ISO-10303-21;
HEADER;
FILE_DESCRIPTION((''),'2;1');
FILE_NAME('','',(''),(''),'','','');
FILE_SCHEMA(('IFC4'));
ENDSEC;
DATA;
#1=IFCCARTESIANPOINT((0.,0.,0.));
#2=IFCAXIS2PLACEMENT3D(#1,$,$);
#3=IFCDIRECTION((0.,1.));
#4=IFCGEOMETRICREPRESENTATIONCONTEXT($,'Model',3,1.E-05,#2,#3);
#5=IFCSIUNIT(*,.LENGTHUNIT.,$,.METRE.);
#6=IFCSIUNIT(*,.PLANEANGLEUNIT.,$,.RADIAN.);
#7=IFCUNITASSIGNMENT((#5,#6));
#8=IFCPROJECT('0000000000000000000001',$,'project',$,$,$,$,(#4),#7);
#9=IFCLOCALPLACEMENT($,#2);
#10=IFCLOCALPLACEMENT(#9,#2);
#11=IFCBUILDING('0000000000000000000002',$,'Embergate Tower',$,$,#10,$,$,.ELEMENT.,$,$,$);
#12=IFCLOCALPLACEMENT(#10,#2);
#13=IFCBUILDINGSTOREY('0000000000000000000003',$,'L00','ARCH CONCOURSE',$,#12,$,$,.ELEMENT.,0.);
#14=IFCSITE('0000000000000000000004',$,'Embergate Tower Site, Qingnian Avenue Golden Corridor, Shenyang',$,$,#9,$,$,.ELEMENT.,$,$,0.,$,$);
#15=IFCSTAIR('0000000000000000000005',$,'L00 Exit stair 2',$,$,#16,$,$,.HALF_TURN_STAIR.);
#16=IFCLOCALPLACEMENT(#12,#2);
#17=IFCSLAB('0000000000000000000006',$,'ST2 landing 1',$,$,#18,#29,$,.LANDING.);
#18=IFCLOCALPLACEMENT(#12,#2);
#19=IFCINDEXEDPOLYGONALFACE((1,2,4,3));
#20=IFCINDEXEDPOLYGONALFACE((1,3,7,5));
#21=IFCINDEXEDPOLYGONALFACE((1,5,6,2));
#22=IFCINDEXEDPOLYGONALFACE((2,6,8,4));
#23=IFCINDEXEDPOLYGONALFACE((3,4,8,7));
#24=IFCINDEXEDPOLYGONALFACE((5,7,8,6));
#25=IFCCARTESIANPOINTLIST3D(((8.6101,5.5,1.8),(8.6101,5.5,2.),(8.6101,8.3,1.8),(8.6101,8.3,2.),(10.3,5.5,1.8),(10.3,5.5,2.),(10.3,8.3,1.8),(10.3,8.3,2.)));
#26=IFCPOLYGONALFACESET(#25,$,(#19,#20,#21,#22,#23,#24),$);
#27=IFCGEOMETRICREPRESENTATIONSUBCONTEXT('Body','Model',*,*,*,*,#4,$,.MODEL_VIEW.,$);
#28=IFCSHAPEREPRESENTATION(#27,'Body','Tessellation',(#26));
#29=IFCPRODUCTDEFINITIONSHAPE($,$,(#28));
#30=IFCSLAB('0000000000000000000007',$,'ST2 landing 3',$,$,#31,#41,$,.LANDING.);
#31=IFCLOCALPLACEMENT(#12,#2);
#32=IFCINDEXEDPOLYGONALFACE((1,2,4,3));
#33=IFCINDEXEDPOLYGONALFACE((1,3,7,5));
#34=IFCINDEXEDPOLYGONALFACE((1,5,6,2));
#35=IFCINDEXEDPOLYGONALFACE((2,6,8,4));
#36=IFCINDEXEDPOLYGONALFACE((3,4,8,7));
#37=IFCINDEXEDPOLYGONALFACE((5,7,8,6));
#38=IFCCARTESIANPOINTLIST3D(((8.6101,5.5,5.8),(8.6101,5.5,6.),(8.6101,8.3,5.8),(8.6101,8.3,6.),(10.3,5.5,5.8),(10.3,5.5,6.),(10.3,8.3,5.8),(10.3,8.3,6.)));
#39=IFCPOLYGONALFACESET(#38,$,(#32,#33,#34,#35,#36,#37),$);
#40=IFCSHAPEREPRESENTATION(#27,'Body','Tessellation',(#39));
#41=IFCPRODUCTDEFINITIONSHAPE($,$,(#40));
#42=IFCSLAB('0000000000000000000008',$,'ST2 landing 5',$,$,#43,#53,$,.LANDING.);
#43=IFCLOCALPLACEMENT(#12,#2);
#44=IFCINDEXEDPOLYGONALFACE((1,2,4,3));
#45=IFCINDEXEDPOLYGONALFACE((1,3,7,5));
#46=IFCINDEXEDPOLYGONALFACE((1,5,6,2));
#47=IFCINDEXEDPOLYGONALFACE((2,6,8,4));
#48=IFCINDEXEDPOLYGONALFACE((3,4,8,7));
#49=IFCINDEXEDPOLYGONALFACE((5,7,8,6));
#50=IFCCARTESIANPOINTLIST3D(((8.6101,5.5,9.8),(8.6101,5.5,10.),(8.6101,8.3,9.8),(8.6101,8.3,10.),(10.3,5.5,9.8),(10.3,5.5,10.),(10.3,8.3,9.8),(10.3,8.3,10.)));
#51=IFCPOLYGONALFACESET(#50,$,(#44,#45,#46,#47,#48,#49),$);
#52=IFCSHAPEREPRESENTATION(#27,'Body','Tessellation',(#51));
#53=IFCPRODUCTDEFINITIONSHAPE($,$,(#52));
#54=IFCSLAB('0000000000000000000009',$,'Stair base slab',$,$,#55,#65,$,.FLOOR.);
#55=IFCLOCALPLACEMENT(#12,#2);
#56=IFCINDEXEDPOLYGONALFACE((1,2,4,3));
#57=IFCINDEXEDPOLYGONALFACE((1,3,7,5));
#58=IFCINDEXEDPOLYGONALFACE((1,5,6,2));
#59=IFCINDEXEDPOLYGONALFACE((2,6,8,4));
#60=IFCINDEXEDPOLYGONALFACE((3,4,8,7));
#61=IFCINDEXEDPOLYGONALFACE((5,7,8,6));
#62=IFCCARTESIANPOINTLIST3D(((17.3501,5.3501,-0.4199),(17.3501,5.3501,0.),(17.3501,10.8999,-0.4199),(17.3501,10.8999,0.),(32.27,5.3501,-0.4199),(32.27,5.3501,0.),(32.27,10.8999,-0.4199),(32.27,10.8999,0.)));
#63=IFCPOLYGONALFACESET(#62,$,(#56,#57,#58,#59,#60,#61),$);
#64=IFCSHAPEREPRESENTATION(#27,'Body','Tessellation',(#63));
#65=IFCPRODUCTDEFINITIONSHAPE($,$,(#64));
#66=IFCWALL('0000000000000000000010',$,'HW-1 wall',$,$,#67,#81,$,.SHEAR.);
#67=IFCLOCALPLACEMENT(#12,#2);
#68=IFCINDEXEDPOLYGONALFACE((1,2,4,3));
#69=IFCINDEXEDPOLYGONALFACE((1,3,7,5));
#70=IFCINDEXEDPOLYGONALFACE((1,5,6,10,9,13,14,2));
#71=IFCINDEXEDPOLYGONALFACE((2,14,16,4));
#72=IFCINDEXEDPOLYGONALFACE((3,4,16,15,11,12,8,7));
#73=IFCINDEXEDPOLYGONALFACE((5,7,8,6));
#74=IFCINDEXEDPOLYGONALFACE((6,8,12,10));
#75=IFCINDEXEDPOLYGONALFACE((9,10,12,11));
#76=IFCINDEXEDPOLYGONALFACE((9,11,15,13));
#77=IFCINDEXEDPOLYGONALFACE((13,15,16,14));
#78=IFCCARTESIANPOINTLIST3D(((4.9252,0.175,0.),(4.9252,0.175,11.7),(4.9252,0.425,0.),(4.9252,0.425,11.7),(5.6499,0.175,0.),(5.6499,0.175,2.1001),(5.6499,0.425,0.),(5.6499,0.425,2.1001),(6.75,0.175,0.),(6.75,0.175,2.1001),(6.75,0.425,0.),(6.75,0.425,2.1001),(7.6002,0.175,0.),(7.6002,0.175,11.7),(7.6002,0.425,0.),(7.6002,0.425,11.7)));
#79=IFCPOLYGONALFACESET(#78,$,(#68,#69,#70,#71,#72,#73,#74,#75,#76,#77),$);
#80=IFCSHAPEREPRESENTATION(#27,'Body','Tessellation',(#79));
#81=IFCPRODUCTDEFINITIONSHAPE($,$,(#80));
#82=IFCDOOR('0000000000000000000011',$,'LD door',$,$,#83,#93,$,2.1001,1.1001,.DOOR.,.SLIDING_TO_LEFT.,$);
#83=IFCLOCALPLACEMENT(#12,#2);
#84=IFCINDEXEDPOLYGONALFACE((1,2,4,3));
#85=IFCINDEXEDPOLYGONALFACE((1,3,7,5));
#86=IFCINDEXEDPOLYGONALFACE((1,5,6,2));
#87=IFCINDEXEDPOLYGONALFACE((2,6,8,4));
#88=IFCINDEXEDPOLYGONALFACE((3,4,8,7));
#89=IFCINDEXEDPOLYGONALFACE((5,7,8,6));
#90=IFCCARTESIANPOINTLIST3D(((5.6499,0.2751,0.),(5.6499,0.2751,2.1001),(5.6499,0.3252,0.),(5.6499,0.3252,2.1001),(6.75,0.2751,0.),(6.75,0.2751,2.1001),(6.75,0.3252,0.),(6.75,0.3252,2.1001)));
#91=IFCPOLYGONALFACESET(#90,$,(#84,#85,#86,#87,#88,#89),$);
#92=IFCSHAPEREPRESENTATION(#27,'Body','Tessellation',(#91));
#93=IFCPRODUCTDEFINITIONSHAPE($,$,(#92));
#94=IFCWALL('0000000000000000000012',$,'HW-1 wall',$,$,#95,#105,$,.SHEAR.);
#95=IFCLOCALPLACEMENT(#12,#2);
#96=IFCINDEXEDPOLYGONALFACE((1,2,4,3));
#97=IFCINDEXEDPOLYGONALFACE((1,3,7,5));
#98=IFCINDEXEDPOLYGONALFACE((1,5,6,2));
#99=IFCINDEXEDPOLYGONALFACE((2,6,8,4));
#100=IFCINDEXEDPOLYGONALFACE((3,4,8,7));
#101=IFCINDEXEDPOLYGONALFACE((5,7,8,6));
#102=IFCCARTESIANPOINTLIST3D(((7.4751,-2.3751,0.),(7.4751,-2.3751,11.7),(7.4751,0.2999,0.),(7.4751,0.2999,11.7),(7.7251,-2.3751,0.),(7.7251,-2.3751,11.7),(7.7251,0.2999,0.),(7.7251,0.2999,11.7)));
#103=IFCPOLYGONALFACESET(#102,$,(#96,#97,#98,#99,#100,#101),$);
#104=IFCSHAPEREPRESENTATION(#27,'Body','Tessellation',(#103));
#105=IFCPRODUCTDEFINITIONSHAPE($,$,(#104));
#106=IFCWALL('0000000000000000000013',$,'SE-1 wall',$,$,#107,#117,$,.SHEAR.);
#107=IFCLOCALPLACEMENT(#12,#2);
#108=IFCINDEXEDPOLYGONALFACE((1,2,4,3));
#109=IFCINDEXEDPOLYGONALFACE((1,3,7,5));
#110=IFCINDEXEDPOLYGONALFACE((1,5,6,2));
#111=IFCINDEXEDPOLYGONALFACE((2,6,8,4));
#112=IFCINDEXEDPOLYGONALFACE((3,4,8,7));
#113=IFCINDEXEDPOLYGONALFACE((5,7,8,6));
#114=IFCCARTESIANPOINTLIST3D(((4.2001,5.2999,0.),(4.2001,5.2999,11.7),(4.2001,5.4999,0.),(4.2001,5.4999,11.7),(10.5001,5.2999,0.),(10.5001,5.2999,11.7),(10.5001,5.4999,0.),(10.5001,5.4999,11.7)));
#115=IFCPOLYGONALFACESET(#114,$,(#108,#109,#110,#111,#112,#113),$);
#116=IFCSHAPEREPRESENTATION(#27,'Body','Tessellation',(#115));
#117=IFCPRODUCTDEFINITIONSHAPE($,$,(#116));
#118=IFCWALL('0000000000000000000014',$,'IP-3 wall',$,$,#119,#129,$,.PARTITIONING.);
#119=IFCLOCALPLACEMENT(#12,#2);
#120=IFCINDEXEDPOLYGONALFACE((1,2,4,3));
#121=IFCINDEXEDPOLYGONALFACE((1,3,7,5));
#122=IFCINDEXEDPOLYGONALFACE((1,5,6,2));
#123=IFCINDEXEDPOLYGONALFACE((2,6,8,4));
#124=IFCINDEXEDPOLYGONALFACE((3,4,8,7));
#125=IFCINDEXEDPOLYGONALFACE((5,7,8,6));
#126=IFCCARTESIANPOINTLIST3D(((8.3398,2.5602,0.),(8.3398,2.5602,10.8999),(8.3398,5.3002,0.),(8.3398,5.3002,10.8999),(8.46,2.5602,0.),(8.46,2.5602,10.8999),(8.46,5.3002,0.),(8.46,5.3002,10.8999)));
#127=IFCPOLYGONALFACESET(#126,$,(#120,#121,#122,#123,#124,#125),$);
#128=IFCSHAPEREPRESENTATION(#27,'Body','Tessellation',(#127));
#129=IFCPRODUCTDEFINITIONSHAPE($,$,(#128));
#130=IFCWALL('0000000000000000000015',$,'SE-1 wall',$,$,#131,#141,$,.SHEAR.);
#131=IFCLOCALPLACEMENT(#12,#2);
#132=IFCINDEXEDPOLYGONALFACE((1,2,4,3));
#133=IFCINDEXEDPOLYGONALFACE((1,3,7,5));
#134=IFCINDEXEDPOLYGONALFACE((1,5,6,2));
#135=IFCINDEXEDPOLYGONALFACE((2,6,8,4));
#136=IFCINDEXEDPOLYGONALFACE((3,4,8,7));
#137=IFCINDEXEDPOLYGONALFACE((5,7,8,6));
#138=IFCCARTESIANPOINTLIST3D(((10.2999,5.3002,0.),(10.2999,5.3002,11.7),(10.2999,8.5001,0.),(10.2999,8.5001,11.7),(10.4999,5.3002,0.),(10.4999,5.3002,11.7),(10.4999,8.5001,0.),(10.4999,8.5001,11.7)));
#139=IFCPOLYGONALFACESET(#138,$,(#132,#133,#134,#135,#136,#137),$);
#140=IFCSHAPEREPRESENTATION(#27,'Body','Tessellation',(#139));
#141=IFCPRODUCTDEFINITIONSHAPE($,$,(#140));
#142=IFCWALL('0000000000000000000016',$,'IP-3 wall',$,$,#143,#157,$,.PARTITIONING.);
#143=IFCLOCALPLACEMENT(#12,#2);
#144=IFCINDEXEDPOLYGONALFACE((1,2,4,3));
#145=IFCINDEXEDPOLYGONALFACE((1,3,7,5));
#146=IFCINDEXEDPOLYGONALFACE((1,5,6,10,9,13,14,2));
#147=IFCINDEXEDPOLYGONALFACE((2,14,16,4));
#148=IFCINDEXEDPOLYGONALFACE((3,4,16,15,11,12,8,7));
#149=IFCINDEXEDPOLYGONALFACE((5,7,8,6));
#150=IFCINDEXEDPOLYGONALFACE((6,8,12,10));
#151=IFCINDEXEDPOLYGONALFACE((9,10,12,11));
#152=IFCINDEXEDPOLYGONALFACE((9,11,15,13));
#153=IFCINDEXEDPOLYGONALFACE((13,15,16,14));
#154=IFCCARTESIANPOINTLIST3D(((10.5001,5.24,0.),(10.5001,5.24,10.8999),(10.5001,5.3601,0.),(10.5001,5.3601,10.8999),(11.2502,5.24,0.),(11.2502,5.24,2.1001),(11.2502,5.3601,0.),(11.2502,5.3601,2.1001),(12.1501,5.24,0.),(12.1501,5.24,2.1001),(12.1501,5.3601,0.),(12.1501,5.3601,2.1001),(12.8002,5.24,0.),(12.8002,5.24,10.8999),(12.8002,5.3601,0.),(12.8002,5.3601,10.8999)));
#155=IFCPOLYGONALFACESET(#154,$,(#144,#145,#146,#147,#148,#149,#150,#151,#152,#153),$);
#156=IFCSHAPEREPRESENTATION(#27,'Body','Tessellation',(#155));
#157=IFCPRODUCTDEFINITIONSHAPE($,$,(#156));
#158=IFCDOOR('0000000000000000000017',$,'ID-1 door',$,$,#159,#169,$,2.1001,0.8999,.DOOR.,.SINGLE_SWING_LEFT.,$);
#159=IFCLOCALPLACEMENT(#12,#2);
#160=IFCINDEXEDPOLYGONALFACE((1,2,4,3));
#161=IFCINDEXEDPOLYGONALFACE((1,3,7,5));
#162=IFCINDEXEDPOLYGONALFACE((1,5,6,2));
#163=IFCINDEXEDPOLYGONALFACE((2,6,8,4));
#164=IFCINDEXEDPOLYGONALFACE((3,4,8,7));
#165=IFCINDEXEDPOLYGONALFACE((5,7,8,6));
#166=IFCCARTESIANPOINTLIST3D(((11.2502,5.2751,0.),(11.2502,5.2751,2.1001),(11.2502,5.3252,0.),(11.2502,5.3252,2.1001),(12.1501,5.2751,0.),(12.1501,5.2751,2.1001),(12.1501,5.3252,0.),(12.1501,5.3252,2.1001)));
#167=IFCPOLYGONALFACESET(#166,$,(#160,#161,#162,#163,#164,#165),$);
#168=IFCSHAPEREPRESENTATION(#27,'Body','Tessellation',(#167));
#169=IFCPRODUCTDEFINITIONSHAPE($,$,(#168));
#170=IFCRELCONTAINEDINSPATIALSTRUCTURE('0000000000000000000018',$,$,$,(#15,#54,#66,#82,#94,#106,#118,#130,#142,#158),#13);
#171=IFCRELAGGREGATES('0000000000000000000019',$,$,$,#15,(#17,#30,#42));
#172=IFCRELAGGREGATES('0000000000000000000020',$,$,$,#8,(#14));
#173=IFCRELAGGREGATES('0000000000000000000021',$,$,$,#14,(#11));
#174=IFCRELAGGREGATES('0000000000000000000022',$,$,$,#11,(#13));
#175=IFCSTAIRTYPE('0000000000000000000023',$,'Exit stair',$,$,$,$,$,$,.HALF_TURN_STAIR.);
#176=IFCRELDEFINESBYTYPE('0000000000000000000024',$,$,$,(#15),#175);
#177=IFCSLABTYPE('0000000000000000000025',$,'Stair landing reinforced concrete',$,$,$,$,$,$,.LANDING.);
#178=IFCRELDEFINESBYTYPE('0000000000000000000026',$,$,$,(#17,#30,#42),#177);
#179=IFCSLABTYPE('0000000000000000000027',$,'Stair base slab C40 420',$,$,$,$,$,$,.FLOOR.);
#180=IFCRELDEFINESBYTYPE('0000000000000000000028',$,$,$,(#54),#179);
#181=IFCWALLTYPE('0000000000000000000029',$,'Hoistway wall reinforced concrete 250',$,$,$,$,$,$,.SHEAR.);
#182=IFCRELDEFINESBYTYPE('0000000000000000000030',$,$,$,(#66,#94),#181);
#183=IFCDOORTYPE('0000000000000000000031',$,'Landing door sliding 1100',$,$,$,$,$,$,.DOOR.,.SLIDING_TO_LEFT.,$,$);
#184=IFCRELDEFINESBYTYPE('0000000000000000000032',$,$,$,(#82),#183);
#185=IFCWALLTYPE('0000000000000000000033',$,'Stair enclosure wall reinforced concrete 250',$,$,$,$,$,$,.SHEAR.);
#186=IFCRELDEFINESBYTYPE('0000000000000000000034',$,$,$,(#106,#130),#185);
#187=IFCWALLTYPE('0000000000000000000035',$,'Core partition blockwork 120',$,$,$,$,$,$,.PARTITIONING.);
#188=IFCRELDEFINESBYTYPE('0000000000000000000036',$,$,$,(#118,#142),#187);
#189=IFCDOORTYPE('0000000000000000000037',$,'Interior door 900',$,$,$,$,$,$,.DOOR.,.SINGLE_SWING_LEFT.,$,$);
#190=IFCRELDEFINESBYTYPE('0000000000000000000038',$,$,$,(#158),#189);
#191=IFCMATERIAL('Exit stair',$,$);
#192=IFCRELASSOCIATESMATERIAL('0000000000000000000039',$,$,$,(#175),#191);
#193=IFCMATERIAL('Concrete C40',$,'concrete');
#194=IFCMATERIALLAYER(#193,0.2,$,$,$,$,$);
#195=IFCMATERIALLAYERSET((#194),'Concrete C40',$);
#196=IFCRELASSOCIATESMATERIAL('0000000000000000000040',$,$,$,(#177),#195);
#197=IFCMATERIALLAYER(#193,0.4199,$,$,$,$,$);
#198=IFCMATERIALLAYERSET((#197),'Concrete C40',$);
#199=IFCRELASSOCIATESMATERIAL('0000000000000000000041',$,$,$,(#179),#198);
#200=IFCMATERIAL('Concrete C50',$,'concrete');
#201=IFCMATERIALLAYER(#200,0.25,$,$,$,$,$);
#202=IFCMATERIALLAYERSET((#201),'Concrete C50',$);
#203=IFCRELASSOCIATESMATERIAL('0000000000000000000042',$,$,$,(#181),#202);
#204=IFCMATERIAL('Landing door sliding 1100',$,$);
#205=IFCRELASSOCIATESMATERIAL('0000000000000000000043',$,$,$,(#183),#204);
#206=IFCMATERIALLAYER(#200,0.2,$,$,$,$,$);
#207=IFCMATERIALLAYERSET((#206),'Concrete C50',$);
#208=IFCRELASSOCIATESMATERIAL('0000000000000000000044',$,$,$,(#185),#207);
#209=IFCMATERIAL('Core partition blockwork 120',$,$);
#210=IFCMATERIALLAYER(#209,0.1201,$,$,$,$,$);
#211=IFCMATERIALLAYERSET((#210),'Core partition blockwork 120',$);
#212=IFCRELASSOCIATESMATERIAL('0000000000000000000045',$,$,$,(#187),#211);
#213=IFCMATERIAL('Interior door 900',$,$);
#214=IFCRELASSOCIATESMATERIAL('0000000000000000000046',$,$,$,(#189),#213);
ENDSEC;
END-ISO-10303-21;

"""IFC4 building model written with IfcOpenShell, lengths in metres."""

from ifc_helpers import new_model, si_unit, direction, frame, frame_2d, origin, place, context, subcontext, project, spatial, polyline, rectangle, outline, extrude, source, transform, mapped, material, layer, layer_set, type_object, element, fill, aggregate, save


model = new_model("IFC4")

# Units and contexts
model_context = context("Model", 3, precision=1e-05, world=origin(), true_north=direction((0.0, 1.0)))
body_context = subcontext(model_context, "Body", "Model", "MODEL_VIEW")
ifc_project = project(units=[si_unit("LENGTHUNIT", "METRE"), si_unit("PLANEANGLEUNIT", "RADIAN")], contexts=[model_context])

# Site, building, storey
site_placement = place(None, origin())
site = spatial("IfcSite", under=ifc_project, at=site_placement, Name="Embergate Tower Site, Qingnian Avenue Golden Corridor, Shenyang", CompositionType="ELEMENT", RefElevation=0.0)
building_placement = place(site_placement, origin())
building = spatial("IfcBuilding", under=site, at=building_placement, Name="Embergate Tower", CompositionType="ELEMENT")
storey_placement = place(building_placement, origin())
storey = spatial("IfcBuildingStorey", under=building, at=storey_placement, Name="L00", Description="ARCH CONCOURSE", CompositionType="ELEMENT", Elevation=0.0)

# Stair, slabs
ifc_material_1 = material(Name="Exit stair")
stair_type = type_object("IfcStairType", Name="Exit stair", PredefinedType="HALF_TURN_STAIR", material=ifc_material_1)
stair_placement = place(storey_placement, origin())
stair = element("IfcStair", 1, at=stair_placement, inside=storey, type_object=stair_type, Name="L00 Exit stair 2", PredefinedType="HALF_TURN_STAIR")
ifc_material_2 = material(Name="Concrete C40", Category="concrete")
ifc_layer_1 = layer(ifc_material_2, 0.2)
ifc_layer_set_1 = layer_set([ifc_layer_1], Name="Concrete C40")
slab_type_1 = type_object("IfcSlabType", Name="Stair landing reinforced concrete", PredefinedType="LANDING", material=ifc_layer_set_1)
shared_shape_1 = source(origin(), body_context, "Body", "SweptSolid", [
    extrude(outline(polyline([(0.0, 0.0), (1.6899, 0.0), (1.6899, 2.8), (0.0, 2.8), (0.0, 0.0)])), origin(), (0.0, 0.0, 1.0), 0.2),
])
slab_1_placement = place(storey_placement, frame((8.6101, 5.5, 1.8)))
slab_1 = element("IfcSlab", 2, at=slab_1_placement, type_object=slab_type_1, Name="ST2 landing 1", PredefinedType="LANDING", context=body_context, shape_type="MappedRepresentation", body=[
    mapped(shared_shape_1, transform((0.0, 0.0, 0.0))),
])
slab_2_placement = place(storey_placement, frame((8.6101, 5.5, 5.8)))
slab_2 = element("IfcSlab", 3, at=slab_2_placement, type_object=slab_type_1, Name="ST2 landing 3", PredefinedType="LANDING", context=body_context, shape_type="MappedRepresentation", body=[
    mapped(shared_shape_1, transform((0.0, 0.0, 0.0))),
])
slab_3_placement = place(storey_placement, frame((8.6101, 5.5, 9.8)))
slab_3 = element("IfcSlab", 4, at=slab_3_placement, type_object=slab_type_1, Name="ST2 landing 5", PredefinedType="LANDING", context=body_context, shape_type="MappedRepresentation", body=[
    mapped(shared_shape_1, transform((0.0, 0.0, 0.0))),
])

# Slab
ifc_layer_2 = layer(ifc_material_2, 0.4199)
ifc_layer_set_2 = layer_set([ifc_layer_2], Name="Concrete C40")
slab_type_2 = type_object("IfcSlabType", Name="Stair base slab C40 420", PredefinedType="FLOOR", material=ifc_layer_set_2)
shared_shape_2 = source(origin(), body_context, "Body", "SweptSolid", [
    extrude(outline(polyline([(0.0, 0.0), (0.0, 5.5498), (14.9199, 5.5498), (14.9199, 0.0), (0.0, 0.0)])), origin(), (0.0, 0.0, 1.0), 0.4199),
])
slab_4_placement = place(storey_placement, frame((17.3501, 5.3501, -0.4199)))
element("IfcSlab", 5, at=slab_4_placement, inside=storey, type_object=slab_type_2, Name="Stair base slab", PredefinedType="FLOOR", context=body_context, shape_type="MappedRepresentation", body=[
    mapped(shared_shape_2, transform((0.0, 0.0, 0.0))),
])

# Wall, opening, door
ifc_material_3 = material(Name="Concrete C50", Category="concrete")
ifc_layer_3 = layer(ifc_material_3, 0.25)
ifc_layer_set_3 = layer_set([ifc_layer_3], Name="Concrete C50")
wall_type_1 = type_object("IfcWallType", Name="Hoistway wall reinforced concrete 250", PredefinedType="SHEAR", material=ifc_layer_set_3)
shared_shape_3 = source(origin(), body_context, "Body", "SweptSolid", [
    extrude(rectangle(XDim=2.675, YDim=0.25, at=frame_2d((1.3374, 0.0))), origin(), (0.0, 0.0, 1.0), 11.7),
])
wall_1_placement = place(storey_placement, frame((7.6001, 0.3, 0.0), z_axis=(0.0, 0.0, 1.0), x_axis=(-1.0, 0.0, 0.0)))
wall_1 = element("IfcWall", 6, at=wall_1_placement, inside=storey, type_object=wall_type_1, Name="HW-1 wall", PredefinedType="SHEAR", context=body_context, shape_type="MappedRepresentation", body=[
    mapped(shared_shape_3, transform((0.0, 0.0, 0.0))),
])
shared_shape_4 = source(origin(), body_context, "Body", "SweptSolid", [
    extrude(rectangle(XDim=1.1001, YDim=2.1001, at=frame_2d((0.55, 1.05))), frame((0.0, 0.135, 0.0), z_axis=(0.0, -1.0, 0.0), x_axis=(1.0, 0.0, 0.0)), (0.0, 0.0, 1.0), 0.27),
])
opening_1_placement = place(wall_1_placement, frame((0.8501, 0.0, 0.0)))
opening_1 = element("IfcOpeningElement", 7, at=opening_1_placement, cuts=wall_1, PredefinedType="OPENING", context=body_context, shape_type="MappedRepresentation", body=[
    mapped(shared_shape_4, transform((0.0, 0.0, 0.0))),
])
ifc_material_4 = material(Name="Landing door sliding 1100")
door_type_1 = type_object("IfcDoorType", Name="Landing door sliding 1100", OperationType="SLIDING_TO_LEFT", PredefinedType="DOOR", material=ifc_material_4)
shared_shape_5 = source(origin(), body_context, "Body", "SweptSolid", [
    extrude(rectangle(XDim=1.1001, YDim=2.1001, at=frame_2d((0.55, 1.05))), frame((0.0, 0.0249, 0.0), z_axis=(0.0, -1.0, 0.0), x_axis=(1.0, 0.0, 0.0)), (0.0, 0.0, 1.0), 0.05),
])
door_1_placement = place(opening_1_placement, origin())
door_1 = element("IfcDoor", 8, at=door_1_placement, inside=storey, type_object=door_type_1, Name="LD door", OperationType="SLIDING_TO_LEFT", OverallHeight=2.1001, OverallWidth=1.1001, PredefinedType="DOOR", context=body_context, shape_type="MappedRepresentation", body=[
    mapped(shared_shape_5, transform((0.0, 0.0, 0.0))),
])
fill(opening_1, door_1)

# Walls
wall_2_placement = place(storey_placement, frame((7.6001, -2.375, 0.0), z_axis=(0.0, 0.0, 1.0), x_axis=(0.0, 1.0, 0.0)))
element("IfcWall", 9, at=wall_2_placement, inside=storey, type_object=wall_type_1, Name="HW-1 wall", PredefinedType="SHEAR", context=body_context, shape_type="MappedRepresentation", body=[
    mapped(shared_shape_3, transform((0.0, 0.0, 0.0))),
])
ifc_layer_4 = layer(ifc_material_3, 0.2)
ifc_layer_set_4 = layer_set([ifc_layer_4], Name="Concrete C50")
wall_type_2 = type_object("IfcWallType", Name="Stair enclosure wall reinforced concrete 250", PredefinedType="SHEAR", material=ifc_layer_set_4)
shared_shape_6 = source(origin(), body_context, "Body", "SweptSolid", [
    extrude(rectangle(XDim=6.3, YDim=0.2, at=frame_2d((3.1499, 0.0))), origin(), (0.0, 0.0, 1.0), 11.7),
])
wall_3_placement = place(storey_placement, frame((10.5, 5.3999, 0.0), z_axis=(0.0, 0.0, 1.0), x_axis=(-1.0, 0.0, 0.0)))
element("IfcWall", 10, at=wall_3_placement, inside=storey, type_object=wall_type_2, Name="SE-1 wall", PredefinedType="SHEAR", context=body_context, shape_type="MappedRepresentation", body=[
    mapped(shared_shape_6, transform((0.0, 0.0, 0.0))),
])
ifc_material_5 = material(Name="Core partition blockwork 120")
ifc_layer_5 = layer(ifc_material_5, 0.1201)
ifc_layer_set_5 = layer_set([ifc_layer_5], Name="Core partition blockwork 120")
wall_type_3 = type_object("IfcWallType", Name="Core partition blockwork 120", PredefinedType="PARTITIONING", material=ifc_layer_set_5)
shared_shape_7 = source(origin(), body_context, "Body", "SweptSolid", [
    extrude(rectangle(XDim=2.74, YDim=0.1201, at=frame_2d((1.3701, 0.0))), origin(), (0.0, 0.0, 1.0), 10.8999),
])
wall_4_placement = place(storey_placement, frame((8.3999, 2.5601, 0.0), z_axis=(0.0, 0.0, 1.0), x_axis=(0.0, 1.0, 0.0)))
element("IfcWall", 11, at=wall_4_placement, inside=storey, type_object=wall_type_3, Name="IP-3 wall", PredefinedType="PARTITIONING", context=body_context, shape_type="MappedRepresentation", body=[
    mapped(shared_shape_7, transform((0.0, 0.0, 0.0))),
])
shared_shape_8 = source(origin(), body_context, "Body", "SweptSolid", [
    extrude(rectangle(XDim=3.2, YDim=0.2, at=frame_2d((1.6001, 0.0))), origin(), (0.0, 0.0, 1.0), 11.7),
])
wall_5_placement = place(storey_placement, frame((10.3999, 5.3, 0.0), z_axis=(0.0, 0.0, 1.0), x_axis=(0.0, 1.0, 0.0)))
element("IfcWall", 12, at=wall_5_placement, inside=storey, type_object=wall_type_2, Name="SE-1 wall", PredefinedType="SHEAR", context=body_context, shape_type="MappedRepresentation", body=[
    mapped(shared_shape_8, transform((0.0, 0.0, 0.0))),
])

# Wall, opening, door
shared_shape_9 = source(origin(), body_context, "Body", "SweptSolid", [
    extrude(rectangle(XDim=2.3, YDim=0.1201, at=frame_2d((1.1499, 0.0))), origin(), (0.0, 0.0, 1.0), 10.8999),
])
wall_6_placement = place(storey_placement, frame((12.8, 5.3, 0.0), z_axis=(0.0, 0.0, 1.0), x_axis=(-1.0, 0.0, 0.0)))
wall_6 = element("IfcWall", 13, at=wall_6_placement, inside=storey, type_object=wall_type_3, Name="IP-3 wall", PredefinedType="PARTITIONING", context=body_context, shape_type="MappedRepresentation", body=[
    mapped(shared_shape_9, transform((0.0, 0.0, 0.0))),
])
shared_shape_10 = source(origin(), body_context, "Body", "SweptSolid", [
    extrude(rectangle(XDim=0.8999, YDim=2.1001, at=frame_2d((0.45, 1.05))), frame((0.0, 0.0701, 0.0), z_axis=(0.0, -1.0, 0.0), x_axis=(1.0, 0.0, 0.0)), (0.0, 0.0, 1.0), 0.1401),
])
opening_2_placement = place(wall_6_placement, frame((0.6499, 0.0, 0.0)))
opening_2 = element("IfcOpeningElement", 14, at=opening_2_placement, cuts=wall_6, PredefinedType="OPENING", context=body_context, shape_type="MappedRepresentation", body=[
    mapped(shared_shape_10, transform((0.0, 0.0, 0.0))),
])
ifc_material_6 = material(Name="Interior door 900")
door_type_2 = type_object("IfcDoorType", Name="Interior door 900", OperationType="SINGLE_SWING_LEFT", PredefinedType="DOOR", material=ifc_material_6)
shared_shape_11 = source(origin(), body_context, "Body", "SweptSolid", [
    extrude(rectangle(XDim=0.8999, YDim=2.1001, at=frame_2d((0.45, 1.05))), frame((0.0, 0.0249, 0.0), z_axis=(0.0, -1.0, 0.0), x_axis=(1.0, 0.0, 0.0)), (0.0, 0.0, 1.0), 0.05),
])
door_2_placement = place(opening_2_placement, origin())
door_2 = element("IfcDoor", 15, at=door_2_placement, inside=storey, type_object=door_type_2, Name="ID-1 door", OperationType="SINGLE_SWING_LEFT", OverallHeight=2.1001, OverallWidth=0.8999, PredefinedType="DOOR", context=body_context, shape_type="MappedRepresentation", body=[
    mapped(shared_shape_11, transform((0.0, 0.0, 0.0))),
])
fill(opening_2, door_2)

aggregate(stair, [slab_1, slab_2, slab_3])

save(model, "model.ifc")
